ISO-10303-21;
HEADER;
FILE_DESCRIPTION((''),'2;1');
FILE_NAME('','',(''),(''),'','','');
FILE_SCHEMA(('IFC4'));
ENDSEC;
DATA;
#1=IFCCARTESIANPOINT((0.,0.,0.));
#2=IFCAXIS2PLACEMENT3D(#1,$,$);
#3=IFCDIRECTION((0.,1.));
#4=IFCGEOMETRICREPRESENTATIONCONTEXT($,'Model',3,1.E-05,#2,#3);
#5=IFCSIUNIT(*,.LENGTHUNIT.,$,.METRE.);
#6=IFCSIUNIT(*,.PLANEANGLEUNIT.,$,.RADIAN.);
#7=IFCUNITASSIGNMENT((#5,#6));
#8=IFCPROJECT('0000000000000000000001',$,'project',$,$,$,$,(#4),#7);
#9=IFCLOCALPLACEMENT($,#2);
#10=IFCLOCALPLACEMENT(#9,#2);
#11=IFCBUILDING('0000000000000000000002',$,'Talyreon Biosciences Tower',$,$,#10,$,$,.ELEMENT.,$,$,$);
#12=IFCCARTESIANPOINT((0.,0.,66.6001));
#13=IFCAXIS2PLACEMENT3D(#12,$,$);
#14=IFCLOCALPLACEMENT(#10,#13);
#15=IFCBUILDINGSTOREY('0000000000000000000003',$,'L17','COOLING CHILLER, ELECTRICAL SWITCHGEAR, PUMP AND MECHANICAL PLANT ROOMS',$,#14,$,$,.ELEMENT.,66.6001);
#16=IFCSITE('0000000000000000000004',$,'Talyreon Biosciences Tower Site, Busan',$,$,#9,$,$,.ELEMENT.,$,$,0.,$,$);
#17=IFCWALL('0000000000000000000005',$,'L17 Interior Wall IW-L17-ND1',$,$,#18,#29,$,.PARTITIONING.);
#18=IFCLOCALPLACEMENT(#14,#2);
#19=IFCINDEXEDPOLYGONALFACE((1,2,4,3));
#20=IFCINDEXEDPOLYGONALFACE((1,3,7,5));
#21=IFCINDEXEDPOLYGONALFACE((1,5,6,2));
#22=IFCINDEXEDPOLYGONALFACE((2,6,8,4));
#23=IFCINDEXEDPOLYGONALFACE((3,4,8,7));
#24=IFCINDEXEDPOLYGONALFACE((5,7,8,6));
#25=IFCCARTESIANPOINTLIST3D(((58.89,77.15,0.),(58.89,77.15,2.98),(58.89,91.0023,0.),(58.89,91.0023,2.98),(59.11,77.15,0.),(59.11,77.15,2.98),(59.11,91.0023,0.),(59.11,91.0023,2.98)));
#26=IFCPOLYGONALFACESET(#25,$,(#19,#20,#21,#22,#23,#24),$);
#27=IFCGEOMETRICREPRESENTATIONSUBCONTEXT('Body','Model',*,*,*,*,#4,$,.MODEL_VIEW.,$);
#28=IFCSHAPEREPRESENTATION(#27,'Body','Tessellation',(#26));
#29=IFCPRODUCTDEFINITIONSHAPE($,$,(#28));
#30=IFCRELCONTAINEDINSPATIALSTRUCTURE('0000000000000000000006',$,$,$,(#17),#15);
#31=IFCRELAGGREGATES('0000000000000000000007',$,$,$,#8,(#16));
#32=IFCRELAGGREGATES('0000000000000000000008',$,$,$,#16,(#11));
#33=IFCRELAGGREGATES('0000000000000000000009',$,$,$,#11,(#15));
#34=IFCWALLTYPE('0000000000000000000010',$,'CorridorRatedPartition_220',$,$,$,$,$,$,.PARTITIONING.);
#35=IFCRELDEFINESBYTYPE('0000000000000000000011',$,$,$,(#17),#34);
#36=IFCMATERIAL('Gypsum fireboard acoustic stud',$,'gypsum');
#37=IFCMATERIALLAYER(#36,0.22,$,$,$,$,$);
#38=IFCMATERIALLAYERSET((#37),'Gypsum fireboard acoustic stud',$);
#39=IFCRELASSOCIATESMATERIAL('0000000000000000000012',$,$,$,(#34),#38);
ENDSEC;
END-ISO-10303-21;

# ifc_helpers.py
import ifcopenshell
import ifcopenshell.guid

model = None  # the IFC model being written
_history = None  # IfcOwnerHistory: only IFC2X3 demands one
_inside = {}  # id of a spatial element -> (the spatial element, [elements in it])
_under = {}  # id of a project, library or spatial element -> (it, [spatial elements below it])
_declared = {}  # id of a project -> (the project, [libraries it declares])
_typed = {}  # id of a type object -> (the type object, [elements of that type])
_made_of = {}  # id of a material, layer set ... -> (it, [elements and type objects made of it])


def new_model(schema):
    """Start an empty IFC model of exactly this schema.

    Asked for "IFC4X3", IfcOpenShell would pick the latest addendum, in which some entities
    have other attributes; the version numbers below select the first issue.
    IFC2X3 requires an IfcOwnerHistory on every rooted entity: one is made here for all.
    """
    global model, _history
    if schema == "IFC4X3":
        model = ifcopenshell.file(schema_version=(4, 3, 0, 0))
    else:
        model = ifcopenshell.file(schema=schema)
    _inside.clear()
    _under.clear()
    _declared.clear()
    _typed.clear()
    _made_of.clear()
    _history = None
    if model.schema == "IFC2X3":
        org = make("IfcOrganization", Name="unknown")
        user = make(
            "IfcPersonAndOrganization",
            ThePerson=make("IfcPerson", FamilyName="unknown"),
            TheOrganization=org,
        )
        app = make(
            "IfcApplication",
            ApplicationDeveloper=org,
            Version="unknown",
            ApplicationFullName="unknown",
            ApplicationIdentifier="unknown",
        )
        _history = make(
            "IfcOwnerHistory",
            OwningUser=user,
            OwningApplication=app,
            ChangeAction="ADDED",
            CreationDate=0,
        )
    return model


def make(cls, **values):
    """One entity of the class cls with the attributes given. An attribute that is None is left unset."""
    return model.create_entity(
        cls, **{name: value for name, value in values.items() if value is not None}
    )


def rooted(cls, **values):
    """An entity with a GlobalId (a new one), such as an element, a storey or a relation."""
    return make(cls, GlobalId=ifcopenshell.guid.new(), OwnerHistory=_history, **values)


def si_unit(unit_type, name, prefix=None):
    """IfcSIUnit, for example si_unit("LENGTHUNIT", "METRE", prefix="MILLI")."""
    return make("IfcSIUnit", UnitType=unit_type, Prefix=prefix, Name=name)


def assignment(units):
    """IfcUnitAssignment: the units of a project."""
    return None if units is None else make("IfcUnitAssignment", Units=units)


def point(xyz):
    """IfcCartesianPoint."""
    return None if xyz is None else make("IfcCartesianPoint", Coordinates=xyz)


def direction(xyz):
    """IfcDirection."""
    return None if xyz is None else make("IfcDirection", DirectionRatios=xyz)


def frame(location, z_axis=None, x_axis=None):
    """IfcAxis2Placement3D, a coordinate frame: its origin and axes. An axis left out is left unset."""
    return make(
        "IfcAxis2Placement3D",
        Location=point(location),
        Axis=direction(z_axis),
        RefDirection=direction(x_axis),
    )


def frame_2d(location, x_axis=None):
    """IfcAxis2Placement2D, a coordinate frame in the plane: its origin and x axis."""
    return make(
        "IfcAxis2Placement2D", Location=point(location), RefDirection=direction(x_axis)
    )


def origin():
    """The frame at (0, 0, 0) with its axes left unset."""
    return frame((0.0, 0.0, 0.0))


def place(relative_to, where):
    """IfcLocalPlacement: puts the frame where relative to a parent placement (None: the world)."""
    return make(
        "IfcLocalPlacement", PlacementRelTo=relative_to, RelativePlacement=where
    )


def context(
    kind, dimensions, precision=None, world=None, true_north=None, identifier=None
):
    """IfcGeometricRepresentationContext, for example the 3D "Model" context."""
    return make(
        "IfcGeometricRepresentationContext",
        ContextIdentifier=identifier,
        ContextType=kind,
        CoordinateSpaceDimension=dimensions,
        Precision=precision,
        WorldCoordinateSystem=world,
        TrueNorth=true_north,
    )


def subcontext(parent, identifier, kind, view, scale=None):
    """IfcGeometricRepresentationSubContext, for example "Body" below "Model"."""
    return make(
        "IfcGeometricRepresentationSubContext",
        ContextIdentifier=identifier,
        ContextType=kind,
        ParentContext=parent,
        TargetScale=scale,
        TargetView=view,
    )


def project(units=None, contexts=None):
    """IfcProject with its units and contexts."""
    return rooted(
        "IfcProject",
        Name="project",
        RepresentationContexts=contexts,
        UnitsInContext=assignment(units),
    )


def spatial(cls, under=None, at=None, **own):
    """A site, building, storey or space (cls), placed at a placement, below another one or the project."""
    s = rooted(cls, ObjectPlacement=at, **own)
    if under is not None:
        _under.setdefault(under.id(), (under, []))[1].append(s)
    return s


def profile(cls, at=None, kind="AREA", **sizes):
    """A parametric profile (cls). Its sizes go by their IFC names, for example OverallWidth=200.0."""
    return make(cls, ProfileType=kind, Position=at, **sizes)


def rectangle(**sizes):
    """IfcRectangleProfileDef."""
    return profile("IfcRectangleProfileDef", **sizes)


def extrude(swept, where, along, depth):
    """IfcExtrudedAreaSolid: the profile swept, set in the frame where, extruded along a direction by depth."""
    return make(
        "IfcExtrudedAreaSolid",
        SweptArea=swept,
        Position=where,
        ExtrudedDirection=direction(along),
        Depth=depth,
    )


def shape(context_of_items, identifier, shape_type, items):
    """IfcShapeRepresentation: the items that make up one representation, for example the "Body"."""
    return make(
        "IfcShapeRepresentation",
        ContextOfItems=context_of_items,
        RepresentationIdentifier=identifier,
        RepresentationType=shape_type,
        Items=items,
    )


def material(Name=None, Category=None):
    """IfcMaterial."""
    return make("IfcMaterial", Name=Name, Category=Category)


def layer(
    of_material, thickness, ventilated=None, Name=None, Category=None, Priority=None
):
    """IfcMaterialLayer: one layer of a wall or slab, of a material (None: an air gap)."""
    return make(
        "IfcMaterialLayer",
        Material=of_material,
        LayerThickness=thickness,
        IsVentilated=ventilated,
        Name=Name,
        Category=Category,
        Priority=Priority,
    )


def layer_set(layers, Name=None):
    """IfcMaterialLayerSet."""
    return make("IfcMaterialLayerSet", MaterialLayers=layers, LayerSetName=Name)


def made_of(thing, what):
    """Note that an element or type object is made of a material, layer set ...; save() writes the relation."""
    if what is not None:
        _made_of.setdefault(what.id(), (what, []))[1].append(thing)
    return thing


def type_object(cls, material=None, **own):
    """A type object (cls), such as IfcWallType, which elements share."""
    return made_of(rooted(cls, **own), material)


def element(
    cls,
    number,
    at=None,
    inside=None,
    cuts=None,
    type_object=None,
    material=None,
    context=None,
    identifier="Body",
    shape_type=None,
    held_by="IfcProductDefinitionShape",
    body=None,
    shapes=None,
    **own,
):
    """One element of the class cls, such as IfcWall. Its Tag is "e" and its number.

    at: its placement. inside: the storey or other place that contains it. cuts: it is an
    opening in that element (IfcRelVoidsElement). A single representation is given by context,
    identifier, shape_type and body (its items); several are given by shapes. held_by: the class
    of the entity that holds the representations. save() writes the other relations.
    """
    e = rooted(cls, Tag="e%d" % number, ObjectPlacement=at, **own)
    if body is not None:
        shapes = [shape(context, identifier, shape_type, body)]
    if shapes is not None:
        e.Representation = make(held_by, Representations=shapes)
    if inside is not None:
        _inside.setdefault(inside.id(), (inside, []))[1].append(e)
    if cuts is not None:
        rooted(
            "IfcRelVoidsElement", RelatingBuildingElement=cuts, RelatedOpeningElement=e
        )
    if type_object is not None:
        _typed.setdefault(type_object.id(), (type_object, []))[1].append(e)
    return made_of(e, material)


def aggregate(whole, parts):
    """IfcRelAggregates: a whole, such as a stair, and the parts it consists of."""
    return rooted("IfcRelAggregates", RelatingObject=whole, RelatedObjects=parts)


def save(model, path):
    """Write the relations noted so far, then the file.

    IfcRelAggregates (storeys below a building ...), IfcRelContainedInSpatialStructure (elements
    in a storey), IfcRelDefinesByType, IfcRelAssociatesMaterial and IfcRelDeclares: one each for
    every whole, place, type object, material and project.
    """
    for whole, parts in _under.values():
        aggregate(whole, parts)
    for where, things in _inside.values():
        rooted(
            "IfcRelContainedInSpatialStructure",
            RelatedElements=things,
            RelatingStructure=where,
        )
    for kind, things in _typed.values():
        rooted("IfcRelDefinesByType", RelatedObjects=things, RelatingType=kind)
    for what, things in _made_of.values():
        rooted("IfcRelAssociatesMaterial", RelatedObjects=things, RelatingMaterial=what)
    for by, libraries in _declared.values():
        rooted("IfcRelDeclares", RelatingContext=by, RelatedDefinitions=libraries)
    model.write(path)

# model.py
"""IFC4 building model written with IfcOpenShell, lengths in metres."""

from ifc_helpers import new_model, si_unit, direction, frame, frame_2d, origin, place, context, subcontext, project, spatial, rectangle, extrude, material, layer, layer_set, type_object, element, save


model = new_model("IFC4")

# Units and contexts
model_context = context("Model", 3, precision=1e-05, world=origin(), true_north=direction((0.0, 1.0)))
body_context = subcontext(model_context, "Body", "Model", "MODEL_VIEW")
ifc_project = project(units=[si_unit("LENGTHUNIT", "METRE"), si_unit("PLANEANGLEUNIT", "RADIAN")], contexts=[model_context])

# Site, building, storey
site_placement = place(None, origin())
site = spatial("IfcSite", under=ifc_project, at=site_placement, Name="Talyreon Biosciences Tower Site, Busan", CompositionType="ELEMENT", RefElevation=0.0)
building_placement = place(site_placement, origin())
building = spatial("IfcBuilding", under=site, at=building_placement, Name="Talyreon Biosciences Tower", CompositionType="ELEMENT")
storey_placement = place(building_placement, frame((0.0, 0.0, 66.6001)))
storey = spatial("IfcBuildingStorey", under=building, at=storey_placement, Name="L17", Description="COOLING CHILLER, ELECTRICAL SWITCHGEAR, PUMP AND MECHANICAL PLANT ROOMS", CompositionType="ELEMENT", Elevation=66.6001)

# Wall
ifc_material_1 = material(Name="Gypsum fireboard acoustic stud", Category="gypsum")
ifc_layer_1 = layer(ifc_material_1, 0.22)
ifc_layer_set_1 = layer_set([ifc_layer_1], Name="Gypsum fireboard acoustic stud")
wall_type = type_object("IfcWallType", Name="CorridorRatedPartition_220", PredefinedType="PARTITIONING", material=ifc_layer_set_1)
wall_1_placement = place(storey_placement, frame((59.0, 77.1499, 0.0), z_axis=(0.0, 0.0, 1.0), x_axis=(0.0, 1.0, 0.0)))
element("IfcWall", 1, at=wall_1_placement, inside=storey, type_object=wall_type, Name="L17 Interior Wall IW-L17-ND1", PredefinedType="PARTITIONING", context=body_context, shape_type="SweptSolid", body=[
    extrude(rectangle(XDim=13.8523, YDim=0.22, at=frame_2d((6.9263, 0.0))), origin(), (0.0, 0.0, 1.0), 2.98),
])

save(model, "model.ifc")
